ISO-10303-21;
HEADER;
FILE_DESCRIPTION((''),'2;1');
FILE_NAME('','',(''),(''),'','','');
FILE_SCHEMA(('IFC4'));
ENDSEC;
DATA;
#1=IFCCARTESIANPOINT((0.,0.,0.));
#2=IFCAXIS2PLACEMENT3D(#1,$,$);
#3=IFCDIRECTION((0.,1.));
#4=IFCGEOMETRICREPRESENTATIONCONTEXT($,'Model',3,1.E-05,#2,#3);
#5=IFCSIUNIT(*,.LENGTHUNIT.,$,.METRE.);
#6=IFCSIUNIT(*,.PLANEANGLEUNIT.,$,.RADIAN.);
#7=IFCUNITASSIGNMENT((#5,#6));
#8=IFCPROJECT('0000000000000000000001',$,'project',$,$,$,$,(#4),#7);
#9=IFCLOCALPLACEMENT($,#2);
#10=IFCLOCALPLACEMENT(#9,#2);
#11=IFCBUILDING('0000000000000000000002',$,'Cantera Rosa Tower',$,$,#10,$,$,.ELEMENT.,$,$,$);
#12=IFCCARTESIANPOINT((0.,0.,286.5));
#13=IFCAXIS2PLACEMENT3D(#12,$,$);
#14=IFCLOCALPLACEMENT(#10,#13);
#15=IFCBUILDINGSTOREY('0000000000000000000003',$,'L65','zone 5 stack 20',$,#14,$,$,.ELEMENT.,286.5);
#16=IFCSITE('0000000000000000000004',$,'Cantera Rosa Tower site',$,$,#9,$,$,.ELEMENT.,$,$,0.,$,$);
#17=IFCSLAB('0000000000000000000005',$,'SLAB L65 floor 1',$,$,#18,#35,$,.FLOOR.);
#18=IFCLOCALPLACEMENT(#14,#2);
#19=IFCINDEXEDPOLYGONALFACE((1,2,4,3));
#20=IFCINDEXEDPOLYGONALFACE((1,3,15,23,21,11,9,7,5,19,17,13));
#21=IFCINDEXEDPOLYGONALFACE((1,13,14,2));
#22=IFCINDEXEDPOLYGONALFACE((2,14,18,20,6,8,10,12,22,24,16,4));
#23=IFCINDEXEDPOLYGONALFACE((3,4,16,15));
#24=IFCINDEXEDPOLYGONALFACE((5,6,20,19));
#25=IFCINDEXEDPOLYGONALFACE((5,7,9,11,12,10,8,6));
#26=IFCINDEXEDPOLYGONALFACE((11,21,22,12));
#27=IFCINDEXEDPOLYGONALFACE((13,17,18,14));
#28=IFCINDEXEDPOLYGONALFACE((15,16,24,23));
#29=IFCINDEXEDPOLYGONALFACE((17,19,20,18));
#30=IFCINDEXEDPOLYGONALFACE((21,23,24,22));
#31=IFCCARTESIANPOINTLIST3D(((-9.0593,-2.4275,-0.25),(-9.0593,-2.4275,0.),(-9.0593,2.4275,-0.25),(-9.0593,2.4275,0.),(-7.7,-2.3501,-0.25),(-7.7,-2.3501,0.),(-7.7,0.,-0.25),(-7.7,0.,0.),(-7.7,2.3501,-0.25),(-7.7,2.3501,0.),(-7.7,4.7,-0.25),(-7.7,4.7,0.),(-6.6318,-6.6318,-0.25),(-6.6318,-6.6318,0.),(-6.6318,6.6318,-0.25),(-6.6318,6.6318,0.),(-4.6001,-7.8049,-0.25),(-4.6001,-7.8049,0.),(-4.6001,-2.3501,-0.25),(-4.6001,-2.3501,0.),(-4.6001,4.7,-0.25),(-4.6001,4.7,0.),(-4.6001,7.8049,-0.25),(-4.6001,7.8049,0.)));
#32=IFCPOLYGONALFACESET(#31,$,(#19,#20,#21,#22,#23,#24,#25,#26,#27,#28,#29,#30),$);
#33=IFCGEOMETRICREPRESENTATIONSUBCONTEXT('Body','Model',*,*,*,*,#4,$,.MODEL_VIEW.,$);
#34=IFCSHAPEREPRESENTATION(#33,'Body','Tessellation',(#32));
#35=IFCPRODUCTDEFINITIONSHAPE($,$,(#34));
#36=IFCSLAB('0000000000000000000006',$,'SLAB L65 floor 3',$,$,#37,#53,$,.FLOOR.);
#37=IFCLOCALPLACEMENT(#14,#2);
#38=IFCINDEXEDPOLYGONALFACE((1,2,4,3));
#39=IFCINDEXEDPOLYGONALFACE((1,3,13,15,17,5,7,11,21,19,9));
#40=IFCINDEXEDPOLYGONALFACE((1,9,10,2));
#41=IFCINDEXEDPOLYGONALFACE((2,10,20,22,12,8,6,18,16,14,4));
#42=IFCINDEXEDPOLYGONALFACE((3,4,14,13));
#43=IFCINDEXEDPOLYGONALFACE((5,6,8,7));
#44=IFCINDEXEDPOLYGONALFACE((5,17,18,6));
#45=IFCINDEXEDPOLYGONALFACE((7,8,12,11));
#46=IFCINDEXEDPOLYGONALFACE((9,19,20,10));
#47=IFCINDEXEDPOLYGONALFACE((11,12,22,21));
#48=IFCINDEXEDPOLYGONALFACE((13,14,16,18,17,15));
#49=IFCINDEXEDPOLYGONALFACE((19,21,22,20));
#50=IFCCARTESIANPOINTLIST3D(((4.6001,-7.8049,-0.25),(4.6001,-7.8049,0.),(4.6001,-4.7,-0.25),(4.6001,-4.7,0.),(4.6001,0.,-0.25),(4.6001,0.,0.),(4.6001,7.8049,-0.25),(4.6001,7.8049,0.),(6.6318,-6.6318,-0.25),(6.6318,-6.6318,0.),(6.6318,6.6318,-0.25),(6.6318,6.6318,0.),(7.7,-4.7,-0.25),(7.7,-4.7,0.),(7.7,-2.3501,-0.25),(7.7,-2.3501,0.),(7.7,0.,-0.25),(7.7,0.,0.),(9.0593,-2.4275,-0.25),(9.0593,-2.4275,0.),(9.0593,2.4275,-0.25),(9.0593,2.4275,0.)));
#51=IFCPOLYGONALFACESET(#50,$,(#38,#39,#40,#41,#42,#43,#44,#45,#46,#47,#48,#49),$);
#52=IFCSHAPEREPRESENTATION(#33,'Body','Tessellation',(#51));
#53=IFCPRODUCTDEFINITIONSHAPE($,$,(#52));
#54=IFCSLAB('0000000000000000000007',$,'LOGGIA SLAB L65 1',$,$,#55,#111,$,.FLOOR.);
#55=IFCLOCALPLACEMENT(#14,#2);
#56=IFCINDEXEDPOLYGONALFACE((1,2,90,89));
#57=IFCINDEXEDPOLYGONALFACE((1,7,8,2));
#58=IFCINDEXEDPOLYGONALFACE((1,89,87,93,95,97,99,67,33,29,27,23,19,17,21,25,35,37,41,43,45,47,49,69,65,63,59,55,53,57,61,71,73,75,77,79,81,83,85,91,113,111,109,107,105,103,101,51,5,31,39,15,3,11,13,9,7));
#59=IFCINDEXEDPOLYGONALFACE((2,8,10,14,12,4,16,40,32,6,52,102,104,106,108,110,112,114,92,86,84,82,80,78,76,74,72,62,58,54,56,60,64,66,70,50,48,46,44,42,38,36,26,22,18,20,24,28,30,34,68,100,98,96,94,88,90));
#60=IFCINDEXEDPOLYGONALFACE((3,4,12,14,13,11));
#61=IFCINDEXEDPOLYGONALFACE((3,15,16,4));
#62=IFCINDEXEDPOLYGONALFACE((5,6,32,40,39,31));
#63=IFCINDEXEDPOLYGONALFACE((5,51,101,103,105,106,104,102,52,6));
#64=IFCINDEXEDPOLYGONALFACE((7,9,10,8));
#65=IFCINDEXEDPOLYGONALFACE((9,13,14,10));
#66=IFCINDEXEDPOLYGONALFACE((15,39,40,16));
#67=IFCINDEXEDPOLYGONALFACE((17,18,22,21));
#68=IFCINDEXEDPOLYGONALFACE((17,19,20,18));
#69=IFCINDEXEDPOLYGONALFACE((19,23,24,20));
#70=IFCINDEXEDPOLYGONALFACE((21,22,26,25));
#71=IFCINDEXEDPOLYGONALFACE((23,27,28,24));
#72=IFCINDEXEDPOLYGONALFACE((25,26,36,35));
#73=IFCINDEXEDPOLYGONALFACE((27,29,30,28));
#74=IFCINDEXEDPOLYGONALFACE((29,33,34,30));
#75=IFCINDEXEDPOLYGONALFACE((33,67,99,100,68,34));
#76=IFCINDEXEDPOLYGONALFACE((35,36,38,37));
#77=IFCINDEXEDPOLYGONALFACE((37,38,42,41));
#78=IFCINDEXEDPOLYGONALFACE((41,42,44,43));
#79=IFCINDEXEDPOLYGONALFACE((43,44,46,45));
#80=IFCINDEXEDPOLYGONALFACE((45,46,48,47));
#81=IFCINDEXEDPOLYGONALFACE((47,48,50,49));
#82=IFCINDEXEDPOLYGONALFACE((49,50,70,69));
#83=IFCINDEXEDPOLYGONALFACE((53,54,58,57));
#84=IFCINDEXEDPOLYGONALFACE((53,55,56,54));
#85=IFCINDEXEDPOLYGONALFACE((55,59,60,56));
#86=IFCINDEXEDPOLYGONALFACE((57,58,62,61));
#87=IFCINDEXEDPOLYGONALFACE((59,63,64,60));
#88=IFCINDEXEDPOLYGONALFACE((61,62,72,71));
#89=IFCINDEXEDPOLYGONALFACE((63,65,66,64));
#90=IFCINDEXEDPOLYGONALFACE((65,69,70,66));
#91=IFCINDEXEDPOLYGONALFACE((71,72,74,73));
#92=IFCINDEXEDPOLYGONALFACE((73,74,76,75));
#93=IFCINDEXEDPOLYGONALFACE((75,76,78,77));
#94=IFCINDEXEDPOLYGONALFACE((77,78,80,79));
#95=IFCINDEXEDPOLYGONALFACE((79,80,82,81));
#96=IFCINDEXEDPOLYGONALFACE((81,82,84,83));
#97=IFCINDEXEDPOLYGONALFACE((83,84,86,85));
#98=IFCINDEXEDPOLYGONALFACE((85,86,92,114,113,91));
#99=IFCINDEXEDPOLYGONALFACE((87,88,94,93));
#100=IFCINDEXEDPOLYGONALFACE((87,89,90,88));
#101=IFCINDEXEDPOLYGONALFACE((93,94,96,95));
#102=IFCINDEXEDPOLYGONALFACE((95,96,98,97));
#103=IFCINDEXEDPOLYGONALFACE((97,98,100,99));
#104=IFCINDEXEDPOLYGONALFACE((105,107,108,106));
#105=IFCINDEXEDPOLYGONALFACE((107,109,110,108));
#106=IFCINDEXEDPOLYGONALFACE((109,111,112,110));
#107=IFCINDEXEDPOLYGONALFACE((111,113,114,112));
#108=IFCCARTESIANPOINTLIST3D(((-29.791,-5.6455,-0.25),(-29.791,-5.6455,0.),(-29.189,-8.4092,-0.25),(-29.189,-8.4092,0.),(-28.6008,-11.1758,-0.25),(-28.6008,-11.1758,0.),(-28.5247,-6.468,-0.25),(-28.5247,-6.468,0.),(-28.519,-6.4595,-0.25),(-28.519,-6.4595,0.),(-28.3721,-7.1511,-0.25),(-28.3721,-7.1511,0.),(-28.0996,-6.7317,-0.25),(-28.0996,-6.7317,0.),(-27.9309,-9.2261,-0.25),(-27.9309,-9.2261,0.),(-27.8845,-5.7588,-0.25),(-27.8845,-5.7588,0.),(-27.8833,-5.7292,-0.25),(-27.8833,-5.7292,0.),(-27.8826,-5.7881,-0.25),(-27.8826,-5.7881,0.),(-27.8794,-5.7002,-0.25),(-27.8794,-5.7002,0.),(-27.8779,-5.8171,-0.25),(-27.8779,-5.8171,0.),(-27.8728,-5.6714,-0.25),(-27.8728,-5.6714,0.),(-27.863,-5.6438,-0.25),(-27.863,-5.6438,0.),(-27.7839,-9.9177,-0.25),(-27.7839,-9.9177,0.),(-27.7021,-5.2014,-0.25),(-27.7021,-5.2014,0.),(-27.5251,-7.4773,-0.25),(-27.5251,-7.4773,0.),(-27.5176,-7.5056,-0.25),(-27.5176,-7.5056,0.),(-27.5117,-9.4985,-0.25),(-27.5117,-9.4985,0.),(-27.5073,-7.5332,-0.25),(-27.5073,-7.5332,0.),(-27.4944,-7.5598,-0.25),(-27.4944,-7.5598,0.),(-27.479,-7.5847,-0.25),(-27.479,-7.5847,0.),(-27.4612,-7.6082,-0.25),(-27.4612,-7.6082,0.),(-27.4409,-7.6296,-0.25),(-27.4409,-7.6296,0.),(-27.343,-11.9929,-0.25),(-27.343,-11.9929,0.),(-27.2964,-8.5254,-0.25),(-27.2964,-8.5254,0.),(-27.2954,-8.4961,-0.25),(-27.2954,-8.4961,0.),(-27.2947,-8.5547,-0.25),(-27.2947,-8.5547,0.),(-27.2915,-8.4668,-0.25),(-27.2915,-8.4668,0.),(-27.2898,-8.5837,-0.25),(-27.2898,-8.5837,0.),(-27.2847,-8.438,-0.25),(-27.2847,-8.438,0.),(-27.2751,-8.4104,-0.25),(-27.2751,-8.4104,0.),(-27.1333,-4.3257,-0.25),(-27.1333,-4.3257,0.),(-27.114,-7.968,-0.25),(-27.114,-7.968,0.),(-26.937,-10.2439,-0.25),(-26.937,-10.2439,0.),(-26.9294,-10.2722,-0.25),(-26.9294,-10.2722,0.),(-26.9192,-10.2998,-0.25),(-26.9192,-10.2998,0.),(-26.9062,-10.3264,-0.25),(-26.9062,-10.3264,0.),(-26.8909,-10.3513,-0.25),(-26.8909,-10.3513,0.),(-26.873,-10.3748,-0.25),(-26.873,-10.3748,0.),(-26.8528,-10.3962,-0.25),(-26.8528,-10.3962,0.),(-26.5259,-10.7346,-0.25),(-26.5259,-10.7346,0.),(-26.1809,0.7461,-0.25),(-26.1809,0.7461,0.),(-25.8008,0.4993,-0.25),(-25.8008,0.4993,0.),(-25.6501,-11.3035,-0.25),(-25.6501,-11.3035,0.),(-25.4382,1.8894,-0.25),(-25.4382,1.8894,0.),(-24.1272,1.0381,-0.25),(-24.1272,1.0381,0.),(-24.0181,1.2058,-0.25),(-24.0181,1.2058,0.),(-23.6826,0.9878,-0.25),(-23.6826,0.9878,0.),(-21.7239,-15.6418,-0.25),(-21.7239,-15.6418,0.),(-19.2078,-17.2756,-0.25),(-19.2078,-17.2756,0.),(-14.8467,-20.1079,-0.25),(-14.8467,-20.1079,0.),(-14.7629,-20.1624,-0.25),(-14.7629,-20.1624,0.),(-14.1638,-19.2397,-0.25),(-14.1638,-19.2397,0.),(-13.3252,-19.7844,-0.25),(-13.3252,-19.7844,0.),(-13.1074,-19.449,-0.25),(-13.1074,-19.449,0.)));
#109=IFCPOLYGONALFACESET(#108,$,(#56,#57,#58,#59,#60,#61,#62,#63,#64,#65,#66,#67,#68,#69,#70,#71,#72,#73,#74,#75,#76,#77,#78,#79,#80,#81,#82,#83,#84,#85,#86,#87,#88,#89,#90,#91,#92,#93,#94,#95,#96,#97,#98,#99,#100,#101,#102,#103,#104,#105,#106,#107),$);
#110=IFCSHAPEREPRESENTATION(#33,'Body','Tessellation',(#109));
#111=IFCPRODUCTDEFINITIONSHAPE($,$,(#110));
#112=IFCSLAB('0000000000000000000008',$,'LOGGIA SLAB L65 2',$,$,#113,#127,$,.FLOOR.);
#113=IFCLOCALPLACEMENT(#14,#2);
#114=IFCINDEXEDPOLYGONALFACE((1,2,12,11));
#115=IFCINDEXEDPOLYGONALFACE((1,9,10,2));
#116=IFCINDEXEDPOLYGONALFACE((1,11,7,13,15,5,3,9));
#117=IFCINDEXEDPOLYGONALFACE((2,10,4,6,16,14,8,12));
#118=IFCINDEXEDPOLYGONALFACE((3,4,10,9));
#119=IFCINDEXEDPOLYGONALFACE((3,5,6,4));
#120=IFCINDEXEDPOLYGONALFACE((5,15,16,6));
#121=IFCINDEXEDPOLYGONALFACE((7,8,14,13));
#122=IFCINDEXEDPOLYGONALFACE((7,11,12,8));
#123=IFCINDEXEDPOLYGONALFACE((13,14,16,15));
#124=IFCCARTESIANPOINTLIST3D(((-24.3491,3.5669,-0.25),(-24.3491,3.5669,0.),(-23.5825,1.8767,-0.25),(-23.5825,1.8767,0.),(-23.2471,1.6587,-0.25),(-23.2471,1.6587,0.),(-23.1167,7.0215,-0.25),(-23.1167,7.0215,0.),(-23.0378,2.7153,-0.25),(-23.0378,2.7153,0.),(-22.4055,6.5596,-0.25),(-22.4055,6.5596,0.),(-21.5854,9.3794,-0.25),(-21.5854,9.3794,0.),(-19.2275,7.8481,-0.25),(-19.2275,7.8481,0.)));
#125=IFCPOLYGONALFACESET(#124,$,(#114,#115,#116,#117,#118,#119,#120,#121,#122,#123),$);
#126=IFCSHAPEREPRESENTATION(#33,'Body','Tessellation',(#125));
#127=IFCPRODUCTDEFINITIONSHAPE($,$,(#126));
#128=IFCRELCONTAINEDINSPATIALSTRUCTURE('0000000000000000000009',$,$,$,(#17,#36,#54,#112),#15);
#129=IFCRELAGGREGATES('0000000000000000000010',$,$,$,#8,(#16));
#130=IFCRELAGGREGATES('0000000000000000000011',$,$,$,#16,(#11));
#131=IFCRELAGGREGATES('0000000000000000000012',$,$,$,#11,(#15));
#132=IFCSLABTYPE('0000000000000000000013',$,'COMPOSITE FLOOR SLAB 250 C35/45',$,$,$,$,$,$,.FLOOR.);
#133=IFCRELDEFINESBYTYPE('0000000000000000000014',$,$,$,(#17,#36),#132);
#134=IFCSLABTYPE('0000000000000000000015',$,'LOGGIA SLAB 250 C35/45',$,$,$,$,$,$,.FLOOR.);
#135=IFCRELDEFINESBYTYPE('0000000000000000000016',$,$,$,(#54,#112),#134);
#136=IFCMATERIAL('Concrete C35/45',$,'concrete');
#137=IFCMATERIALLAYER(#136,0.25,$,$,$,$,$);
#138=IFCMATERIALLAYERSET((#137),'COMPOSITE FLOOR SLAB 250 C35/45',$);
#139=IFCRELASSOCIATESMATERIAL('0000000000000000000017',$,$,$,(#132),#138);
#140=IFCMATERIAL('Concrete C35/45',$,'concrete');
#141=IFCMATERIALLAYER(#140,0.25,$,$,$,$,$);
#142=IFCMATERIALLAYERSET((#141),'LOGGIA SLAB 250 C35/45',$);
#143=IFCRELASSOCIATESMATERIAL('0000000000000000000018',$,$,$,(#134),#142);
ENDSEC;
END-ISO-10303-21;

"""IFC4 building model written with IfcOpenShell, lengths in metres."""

from ifc_helpers import new_model, si_unit, direction, frame, origin, place, context, subcontext, project, spatial, polyline, outline, extrude, material, layer, layer_set, type_object, element, save


model = new_model("IFC4")

# Units and contexts
model_context = context("Model", 3, precision=1e-05, world=origin(), true_north=direction((0.0, 1.0)))
body_context = subcontext(model_context, "Body", "Model", "MODEL_VIEW")
ifc_project = project(units=[si_unit("LENGTHUNIT", "METRE"), si_unit("PLANEANGLEUNIT", "RADIAN")], contexts=[model_context])

# Site, building, storey
site_placement = place(None, origin())
site = spatial("IfcSite", under=ifc_project, at=site_placement, Name="Cantera Rosa Tower site", CompositionType="ELEMENT", RefElevation=0.0)
building_placement = place(site_placement, origin())
building = spatial("IfcBuilding", under=site, at=building_placement, Name="Cantera Rosa Tower", CompositionType="ELEMENT")
storey_placement = place(building_placement, frame((0.0, 0.0, 286.5)))
storey = spatial("IfcBuildingStorey", under=building, at=storey_placement, Name="L65", Description="zone 5 stack 20", CompositionType="ELEMENT", Elevation=286.5)

# Slabs
ifc_material_1 = material(Name="Concrete C35/45", Category="concrete")
ifc_layer_1 = layer(ifc_material_1, 0.25)
ifc_layer_set_1 = layer_set([ifc_layer_1], Name="COMPOSITE FLOOR SLAB 250 C35/45")
slab_type_1 = type_object("IfcSlabType", Name="COMPOSITE FLOOR SLAB 250 C35/45", PredefinedType="FLOOR", material=ifc_layer_set_1)
slab_1_placement = place(storey_placement, frame((0.0, 0.0, -0.25)))
element("IfcSlab", 1, at=slab_1_placement, inside=storey, type_object=slab_type_1, Name="SLAB L65 floor 1", PredefinedType="FLOOR", context=body_context, shape_type="SweptSolid", body=[
    extrude(outline(polyline([(-4.6001, -2.3501), (-4.6001, -7.8049), (-6.6318, -6.6318), (-9.0593, -2.4275), (-9.0593, 2.4275), (-6.6318, 6.6318), (-4.6001, 7.8049), (-4.6001, 4.7), (-7.7, 4.7), (-7.7, 2.3501), (-7.7, 0.0), (-7.7, -2.3501), (-4.6001, -2.3501)])), origin(), (0.0, 0.0, 1.0), 0.25),
])
slab_2_placement = place(storey_placement, frame((0.0, 0.0, -0.25)))
element("IfcSlab", 2, at=slab_2_placement, inside=storey, type_object=slab_type_1, Name="SLAB L65 floor 3", PredefinedType="FLOOR", context=body_context, shape_type="SweptSolid", body=[
    extrude(outline(polyline([(7.7, 0.0), (4.6001, 0.0), (4.6001, 7.8049), (6.6318, 6.6318), (9.0593, 2.4275), (9.0593, -2.4275), (6.6318, -6.6318), (4.6001, -7.8049), (4.6001, -4.7), (7.7, -4.7), (7.7, -2.3501), (7.7, 0.0)])), origin(), (0.0, 0.0, 1.0), 0.25),
])
ifc_material_2 = material(Name="Concrete C35/45", Category="concrete")
ifc_layer_2 = layer(ifc_material_2, 0.25)
ifc_layer_set_2 = layer_set([ifc_layer_2], Name="LOGGIA SLAB 250 C35/45")
slab_type_2 = type_object("IfcSlabType", Name="LOGGIA SLAB 250 C35/45", PredefinedType="FLOOR", material=ifc_layer_set_2)
slab_3_placement = place(storey_placement, frame((0.0, 0.0, -0.25)))
element("IfcSlab", 3, at=slab_3_placement, inside=storey, type_object=slab_type_2, Name="LOGGIA SLAB L65 1", PredefinedType="FLOOR", context=body_context, shape_type="SweptSolid", body=[
    extrude(outline(polyline([(-21.7239, -15.6418), (-27.343, -11.9929), (-28.6008, -11.1758), (-27.7839, -9.9177), (-27.5117, -9.4985), (-27.9309, -9.2261), (-29.189, -8.4092), (-28.3721, -7.1511), (-28.0996, -6.7317), (-28.519, -6.4595), (-28.5247, -6.468), (-29.791, -5.6455), (-25.8008, 0.4993), (-26.1809, 0.7461), (-25.4382, 1.8894), (-24.1272, 1.0381), (-24.0181, 1.2058), (-23.6826, 0.9878), (-27.1333, -4.3257), (-27.7021, -5.2014), (-27.863, -5.6438), (-27.8728, -5.6714), (-27.8794, -5.7002), (-27.8833, -5.7292), (-27.8845, -5.7588), (-27.8826, -5.7881), (-27.8779, -5.8171), (-27.5251, -7.4773), (-27.5176, -7.5056), (-27.5073, -7.5332), (-27.4944, -7.5598), (-27.479, -7.5847), (-27.4612, -7.6082), (-27.4409, -7.6296), (-27.114, -7.968), (-27.2751, -8.4104), (-27.2847, -8.438), (-27.2915, -8.4668), (-27.2954, -8.4961), (-27.2964, -8.5254), (-27.2947, -8.5547), (-27.2898, -8.5837), (-26.937, -10.2439), (-26.9294, -10.2722), (-26.9192, -10.2998), (-26.9062, -10.3264), (-26.8909, -10.3513), (-26.873, -10.3748), (-26.8528, -10.3962), (-26.5259, -10.7346), (-25.6501, -11.3035), (-13.1074, -19.449), (-13.3252, -19.7844), (-14.1638, -19.2397), (-14.7629, -20.1624), (-14.8467, -20.1079), (-19.2078, -17.2756), (-21.7239, -15.6418)])), origin(), (0.0, 0.0, 1.0), 0.25),
])
slab_4_placement = place(storey_placement, frame((0.0, 0.0, -0.25)))
element("IfcSlab", 4, at=slab_4_placement, inside=storey, type_object=slab_type_2, Name="LOGGIA SLAB L65 2", PredefinedType="FLOOR", context=body_context, shape_type="SweptSolid", body=[
    extrude(outline(polyline([(-21.5854, 9.3794), (-19.2275, 7.8481), (-23.2471, 1.6587), (-23.5825, 1.8767), (-23.0378, 2.7153), (-24.3491, 3.5669), (-22.4055, 6.5596), (-23.1167, 7.0215), (-21.5854, 9.3794)])), origin(), (0.0, 0.0, 1.0), 0.25),
])

save(model, "model.ifc")
